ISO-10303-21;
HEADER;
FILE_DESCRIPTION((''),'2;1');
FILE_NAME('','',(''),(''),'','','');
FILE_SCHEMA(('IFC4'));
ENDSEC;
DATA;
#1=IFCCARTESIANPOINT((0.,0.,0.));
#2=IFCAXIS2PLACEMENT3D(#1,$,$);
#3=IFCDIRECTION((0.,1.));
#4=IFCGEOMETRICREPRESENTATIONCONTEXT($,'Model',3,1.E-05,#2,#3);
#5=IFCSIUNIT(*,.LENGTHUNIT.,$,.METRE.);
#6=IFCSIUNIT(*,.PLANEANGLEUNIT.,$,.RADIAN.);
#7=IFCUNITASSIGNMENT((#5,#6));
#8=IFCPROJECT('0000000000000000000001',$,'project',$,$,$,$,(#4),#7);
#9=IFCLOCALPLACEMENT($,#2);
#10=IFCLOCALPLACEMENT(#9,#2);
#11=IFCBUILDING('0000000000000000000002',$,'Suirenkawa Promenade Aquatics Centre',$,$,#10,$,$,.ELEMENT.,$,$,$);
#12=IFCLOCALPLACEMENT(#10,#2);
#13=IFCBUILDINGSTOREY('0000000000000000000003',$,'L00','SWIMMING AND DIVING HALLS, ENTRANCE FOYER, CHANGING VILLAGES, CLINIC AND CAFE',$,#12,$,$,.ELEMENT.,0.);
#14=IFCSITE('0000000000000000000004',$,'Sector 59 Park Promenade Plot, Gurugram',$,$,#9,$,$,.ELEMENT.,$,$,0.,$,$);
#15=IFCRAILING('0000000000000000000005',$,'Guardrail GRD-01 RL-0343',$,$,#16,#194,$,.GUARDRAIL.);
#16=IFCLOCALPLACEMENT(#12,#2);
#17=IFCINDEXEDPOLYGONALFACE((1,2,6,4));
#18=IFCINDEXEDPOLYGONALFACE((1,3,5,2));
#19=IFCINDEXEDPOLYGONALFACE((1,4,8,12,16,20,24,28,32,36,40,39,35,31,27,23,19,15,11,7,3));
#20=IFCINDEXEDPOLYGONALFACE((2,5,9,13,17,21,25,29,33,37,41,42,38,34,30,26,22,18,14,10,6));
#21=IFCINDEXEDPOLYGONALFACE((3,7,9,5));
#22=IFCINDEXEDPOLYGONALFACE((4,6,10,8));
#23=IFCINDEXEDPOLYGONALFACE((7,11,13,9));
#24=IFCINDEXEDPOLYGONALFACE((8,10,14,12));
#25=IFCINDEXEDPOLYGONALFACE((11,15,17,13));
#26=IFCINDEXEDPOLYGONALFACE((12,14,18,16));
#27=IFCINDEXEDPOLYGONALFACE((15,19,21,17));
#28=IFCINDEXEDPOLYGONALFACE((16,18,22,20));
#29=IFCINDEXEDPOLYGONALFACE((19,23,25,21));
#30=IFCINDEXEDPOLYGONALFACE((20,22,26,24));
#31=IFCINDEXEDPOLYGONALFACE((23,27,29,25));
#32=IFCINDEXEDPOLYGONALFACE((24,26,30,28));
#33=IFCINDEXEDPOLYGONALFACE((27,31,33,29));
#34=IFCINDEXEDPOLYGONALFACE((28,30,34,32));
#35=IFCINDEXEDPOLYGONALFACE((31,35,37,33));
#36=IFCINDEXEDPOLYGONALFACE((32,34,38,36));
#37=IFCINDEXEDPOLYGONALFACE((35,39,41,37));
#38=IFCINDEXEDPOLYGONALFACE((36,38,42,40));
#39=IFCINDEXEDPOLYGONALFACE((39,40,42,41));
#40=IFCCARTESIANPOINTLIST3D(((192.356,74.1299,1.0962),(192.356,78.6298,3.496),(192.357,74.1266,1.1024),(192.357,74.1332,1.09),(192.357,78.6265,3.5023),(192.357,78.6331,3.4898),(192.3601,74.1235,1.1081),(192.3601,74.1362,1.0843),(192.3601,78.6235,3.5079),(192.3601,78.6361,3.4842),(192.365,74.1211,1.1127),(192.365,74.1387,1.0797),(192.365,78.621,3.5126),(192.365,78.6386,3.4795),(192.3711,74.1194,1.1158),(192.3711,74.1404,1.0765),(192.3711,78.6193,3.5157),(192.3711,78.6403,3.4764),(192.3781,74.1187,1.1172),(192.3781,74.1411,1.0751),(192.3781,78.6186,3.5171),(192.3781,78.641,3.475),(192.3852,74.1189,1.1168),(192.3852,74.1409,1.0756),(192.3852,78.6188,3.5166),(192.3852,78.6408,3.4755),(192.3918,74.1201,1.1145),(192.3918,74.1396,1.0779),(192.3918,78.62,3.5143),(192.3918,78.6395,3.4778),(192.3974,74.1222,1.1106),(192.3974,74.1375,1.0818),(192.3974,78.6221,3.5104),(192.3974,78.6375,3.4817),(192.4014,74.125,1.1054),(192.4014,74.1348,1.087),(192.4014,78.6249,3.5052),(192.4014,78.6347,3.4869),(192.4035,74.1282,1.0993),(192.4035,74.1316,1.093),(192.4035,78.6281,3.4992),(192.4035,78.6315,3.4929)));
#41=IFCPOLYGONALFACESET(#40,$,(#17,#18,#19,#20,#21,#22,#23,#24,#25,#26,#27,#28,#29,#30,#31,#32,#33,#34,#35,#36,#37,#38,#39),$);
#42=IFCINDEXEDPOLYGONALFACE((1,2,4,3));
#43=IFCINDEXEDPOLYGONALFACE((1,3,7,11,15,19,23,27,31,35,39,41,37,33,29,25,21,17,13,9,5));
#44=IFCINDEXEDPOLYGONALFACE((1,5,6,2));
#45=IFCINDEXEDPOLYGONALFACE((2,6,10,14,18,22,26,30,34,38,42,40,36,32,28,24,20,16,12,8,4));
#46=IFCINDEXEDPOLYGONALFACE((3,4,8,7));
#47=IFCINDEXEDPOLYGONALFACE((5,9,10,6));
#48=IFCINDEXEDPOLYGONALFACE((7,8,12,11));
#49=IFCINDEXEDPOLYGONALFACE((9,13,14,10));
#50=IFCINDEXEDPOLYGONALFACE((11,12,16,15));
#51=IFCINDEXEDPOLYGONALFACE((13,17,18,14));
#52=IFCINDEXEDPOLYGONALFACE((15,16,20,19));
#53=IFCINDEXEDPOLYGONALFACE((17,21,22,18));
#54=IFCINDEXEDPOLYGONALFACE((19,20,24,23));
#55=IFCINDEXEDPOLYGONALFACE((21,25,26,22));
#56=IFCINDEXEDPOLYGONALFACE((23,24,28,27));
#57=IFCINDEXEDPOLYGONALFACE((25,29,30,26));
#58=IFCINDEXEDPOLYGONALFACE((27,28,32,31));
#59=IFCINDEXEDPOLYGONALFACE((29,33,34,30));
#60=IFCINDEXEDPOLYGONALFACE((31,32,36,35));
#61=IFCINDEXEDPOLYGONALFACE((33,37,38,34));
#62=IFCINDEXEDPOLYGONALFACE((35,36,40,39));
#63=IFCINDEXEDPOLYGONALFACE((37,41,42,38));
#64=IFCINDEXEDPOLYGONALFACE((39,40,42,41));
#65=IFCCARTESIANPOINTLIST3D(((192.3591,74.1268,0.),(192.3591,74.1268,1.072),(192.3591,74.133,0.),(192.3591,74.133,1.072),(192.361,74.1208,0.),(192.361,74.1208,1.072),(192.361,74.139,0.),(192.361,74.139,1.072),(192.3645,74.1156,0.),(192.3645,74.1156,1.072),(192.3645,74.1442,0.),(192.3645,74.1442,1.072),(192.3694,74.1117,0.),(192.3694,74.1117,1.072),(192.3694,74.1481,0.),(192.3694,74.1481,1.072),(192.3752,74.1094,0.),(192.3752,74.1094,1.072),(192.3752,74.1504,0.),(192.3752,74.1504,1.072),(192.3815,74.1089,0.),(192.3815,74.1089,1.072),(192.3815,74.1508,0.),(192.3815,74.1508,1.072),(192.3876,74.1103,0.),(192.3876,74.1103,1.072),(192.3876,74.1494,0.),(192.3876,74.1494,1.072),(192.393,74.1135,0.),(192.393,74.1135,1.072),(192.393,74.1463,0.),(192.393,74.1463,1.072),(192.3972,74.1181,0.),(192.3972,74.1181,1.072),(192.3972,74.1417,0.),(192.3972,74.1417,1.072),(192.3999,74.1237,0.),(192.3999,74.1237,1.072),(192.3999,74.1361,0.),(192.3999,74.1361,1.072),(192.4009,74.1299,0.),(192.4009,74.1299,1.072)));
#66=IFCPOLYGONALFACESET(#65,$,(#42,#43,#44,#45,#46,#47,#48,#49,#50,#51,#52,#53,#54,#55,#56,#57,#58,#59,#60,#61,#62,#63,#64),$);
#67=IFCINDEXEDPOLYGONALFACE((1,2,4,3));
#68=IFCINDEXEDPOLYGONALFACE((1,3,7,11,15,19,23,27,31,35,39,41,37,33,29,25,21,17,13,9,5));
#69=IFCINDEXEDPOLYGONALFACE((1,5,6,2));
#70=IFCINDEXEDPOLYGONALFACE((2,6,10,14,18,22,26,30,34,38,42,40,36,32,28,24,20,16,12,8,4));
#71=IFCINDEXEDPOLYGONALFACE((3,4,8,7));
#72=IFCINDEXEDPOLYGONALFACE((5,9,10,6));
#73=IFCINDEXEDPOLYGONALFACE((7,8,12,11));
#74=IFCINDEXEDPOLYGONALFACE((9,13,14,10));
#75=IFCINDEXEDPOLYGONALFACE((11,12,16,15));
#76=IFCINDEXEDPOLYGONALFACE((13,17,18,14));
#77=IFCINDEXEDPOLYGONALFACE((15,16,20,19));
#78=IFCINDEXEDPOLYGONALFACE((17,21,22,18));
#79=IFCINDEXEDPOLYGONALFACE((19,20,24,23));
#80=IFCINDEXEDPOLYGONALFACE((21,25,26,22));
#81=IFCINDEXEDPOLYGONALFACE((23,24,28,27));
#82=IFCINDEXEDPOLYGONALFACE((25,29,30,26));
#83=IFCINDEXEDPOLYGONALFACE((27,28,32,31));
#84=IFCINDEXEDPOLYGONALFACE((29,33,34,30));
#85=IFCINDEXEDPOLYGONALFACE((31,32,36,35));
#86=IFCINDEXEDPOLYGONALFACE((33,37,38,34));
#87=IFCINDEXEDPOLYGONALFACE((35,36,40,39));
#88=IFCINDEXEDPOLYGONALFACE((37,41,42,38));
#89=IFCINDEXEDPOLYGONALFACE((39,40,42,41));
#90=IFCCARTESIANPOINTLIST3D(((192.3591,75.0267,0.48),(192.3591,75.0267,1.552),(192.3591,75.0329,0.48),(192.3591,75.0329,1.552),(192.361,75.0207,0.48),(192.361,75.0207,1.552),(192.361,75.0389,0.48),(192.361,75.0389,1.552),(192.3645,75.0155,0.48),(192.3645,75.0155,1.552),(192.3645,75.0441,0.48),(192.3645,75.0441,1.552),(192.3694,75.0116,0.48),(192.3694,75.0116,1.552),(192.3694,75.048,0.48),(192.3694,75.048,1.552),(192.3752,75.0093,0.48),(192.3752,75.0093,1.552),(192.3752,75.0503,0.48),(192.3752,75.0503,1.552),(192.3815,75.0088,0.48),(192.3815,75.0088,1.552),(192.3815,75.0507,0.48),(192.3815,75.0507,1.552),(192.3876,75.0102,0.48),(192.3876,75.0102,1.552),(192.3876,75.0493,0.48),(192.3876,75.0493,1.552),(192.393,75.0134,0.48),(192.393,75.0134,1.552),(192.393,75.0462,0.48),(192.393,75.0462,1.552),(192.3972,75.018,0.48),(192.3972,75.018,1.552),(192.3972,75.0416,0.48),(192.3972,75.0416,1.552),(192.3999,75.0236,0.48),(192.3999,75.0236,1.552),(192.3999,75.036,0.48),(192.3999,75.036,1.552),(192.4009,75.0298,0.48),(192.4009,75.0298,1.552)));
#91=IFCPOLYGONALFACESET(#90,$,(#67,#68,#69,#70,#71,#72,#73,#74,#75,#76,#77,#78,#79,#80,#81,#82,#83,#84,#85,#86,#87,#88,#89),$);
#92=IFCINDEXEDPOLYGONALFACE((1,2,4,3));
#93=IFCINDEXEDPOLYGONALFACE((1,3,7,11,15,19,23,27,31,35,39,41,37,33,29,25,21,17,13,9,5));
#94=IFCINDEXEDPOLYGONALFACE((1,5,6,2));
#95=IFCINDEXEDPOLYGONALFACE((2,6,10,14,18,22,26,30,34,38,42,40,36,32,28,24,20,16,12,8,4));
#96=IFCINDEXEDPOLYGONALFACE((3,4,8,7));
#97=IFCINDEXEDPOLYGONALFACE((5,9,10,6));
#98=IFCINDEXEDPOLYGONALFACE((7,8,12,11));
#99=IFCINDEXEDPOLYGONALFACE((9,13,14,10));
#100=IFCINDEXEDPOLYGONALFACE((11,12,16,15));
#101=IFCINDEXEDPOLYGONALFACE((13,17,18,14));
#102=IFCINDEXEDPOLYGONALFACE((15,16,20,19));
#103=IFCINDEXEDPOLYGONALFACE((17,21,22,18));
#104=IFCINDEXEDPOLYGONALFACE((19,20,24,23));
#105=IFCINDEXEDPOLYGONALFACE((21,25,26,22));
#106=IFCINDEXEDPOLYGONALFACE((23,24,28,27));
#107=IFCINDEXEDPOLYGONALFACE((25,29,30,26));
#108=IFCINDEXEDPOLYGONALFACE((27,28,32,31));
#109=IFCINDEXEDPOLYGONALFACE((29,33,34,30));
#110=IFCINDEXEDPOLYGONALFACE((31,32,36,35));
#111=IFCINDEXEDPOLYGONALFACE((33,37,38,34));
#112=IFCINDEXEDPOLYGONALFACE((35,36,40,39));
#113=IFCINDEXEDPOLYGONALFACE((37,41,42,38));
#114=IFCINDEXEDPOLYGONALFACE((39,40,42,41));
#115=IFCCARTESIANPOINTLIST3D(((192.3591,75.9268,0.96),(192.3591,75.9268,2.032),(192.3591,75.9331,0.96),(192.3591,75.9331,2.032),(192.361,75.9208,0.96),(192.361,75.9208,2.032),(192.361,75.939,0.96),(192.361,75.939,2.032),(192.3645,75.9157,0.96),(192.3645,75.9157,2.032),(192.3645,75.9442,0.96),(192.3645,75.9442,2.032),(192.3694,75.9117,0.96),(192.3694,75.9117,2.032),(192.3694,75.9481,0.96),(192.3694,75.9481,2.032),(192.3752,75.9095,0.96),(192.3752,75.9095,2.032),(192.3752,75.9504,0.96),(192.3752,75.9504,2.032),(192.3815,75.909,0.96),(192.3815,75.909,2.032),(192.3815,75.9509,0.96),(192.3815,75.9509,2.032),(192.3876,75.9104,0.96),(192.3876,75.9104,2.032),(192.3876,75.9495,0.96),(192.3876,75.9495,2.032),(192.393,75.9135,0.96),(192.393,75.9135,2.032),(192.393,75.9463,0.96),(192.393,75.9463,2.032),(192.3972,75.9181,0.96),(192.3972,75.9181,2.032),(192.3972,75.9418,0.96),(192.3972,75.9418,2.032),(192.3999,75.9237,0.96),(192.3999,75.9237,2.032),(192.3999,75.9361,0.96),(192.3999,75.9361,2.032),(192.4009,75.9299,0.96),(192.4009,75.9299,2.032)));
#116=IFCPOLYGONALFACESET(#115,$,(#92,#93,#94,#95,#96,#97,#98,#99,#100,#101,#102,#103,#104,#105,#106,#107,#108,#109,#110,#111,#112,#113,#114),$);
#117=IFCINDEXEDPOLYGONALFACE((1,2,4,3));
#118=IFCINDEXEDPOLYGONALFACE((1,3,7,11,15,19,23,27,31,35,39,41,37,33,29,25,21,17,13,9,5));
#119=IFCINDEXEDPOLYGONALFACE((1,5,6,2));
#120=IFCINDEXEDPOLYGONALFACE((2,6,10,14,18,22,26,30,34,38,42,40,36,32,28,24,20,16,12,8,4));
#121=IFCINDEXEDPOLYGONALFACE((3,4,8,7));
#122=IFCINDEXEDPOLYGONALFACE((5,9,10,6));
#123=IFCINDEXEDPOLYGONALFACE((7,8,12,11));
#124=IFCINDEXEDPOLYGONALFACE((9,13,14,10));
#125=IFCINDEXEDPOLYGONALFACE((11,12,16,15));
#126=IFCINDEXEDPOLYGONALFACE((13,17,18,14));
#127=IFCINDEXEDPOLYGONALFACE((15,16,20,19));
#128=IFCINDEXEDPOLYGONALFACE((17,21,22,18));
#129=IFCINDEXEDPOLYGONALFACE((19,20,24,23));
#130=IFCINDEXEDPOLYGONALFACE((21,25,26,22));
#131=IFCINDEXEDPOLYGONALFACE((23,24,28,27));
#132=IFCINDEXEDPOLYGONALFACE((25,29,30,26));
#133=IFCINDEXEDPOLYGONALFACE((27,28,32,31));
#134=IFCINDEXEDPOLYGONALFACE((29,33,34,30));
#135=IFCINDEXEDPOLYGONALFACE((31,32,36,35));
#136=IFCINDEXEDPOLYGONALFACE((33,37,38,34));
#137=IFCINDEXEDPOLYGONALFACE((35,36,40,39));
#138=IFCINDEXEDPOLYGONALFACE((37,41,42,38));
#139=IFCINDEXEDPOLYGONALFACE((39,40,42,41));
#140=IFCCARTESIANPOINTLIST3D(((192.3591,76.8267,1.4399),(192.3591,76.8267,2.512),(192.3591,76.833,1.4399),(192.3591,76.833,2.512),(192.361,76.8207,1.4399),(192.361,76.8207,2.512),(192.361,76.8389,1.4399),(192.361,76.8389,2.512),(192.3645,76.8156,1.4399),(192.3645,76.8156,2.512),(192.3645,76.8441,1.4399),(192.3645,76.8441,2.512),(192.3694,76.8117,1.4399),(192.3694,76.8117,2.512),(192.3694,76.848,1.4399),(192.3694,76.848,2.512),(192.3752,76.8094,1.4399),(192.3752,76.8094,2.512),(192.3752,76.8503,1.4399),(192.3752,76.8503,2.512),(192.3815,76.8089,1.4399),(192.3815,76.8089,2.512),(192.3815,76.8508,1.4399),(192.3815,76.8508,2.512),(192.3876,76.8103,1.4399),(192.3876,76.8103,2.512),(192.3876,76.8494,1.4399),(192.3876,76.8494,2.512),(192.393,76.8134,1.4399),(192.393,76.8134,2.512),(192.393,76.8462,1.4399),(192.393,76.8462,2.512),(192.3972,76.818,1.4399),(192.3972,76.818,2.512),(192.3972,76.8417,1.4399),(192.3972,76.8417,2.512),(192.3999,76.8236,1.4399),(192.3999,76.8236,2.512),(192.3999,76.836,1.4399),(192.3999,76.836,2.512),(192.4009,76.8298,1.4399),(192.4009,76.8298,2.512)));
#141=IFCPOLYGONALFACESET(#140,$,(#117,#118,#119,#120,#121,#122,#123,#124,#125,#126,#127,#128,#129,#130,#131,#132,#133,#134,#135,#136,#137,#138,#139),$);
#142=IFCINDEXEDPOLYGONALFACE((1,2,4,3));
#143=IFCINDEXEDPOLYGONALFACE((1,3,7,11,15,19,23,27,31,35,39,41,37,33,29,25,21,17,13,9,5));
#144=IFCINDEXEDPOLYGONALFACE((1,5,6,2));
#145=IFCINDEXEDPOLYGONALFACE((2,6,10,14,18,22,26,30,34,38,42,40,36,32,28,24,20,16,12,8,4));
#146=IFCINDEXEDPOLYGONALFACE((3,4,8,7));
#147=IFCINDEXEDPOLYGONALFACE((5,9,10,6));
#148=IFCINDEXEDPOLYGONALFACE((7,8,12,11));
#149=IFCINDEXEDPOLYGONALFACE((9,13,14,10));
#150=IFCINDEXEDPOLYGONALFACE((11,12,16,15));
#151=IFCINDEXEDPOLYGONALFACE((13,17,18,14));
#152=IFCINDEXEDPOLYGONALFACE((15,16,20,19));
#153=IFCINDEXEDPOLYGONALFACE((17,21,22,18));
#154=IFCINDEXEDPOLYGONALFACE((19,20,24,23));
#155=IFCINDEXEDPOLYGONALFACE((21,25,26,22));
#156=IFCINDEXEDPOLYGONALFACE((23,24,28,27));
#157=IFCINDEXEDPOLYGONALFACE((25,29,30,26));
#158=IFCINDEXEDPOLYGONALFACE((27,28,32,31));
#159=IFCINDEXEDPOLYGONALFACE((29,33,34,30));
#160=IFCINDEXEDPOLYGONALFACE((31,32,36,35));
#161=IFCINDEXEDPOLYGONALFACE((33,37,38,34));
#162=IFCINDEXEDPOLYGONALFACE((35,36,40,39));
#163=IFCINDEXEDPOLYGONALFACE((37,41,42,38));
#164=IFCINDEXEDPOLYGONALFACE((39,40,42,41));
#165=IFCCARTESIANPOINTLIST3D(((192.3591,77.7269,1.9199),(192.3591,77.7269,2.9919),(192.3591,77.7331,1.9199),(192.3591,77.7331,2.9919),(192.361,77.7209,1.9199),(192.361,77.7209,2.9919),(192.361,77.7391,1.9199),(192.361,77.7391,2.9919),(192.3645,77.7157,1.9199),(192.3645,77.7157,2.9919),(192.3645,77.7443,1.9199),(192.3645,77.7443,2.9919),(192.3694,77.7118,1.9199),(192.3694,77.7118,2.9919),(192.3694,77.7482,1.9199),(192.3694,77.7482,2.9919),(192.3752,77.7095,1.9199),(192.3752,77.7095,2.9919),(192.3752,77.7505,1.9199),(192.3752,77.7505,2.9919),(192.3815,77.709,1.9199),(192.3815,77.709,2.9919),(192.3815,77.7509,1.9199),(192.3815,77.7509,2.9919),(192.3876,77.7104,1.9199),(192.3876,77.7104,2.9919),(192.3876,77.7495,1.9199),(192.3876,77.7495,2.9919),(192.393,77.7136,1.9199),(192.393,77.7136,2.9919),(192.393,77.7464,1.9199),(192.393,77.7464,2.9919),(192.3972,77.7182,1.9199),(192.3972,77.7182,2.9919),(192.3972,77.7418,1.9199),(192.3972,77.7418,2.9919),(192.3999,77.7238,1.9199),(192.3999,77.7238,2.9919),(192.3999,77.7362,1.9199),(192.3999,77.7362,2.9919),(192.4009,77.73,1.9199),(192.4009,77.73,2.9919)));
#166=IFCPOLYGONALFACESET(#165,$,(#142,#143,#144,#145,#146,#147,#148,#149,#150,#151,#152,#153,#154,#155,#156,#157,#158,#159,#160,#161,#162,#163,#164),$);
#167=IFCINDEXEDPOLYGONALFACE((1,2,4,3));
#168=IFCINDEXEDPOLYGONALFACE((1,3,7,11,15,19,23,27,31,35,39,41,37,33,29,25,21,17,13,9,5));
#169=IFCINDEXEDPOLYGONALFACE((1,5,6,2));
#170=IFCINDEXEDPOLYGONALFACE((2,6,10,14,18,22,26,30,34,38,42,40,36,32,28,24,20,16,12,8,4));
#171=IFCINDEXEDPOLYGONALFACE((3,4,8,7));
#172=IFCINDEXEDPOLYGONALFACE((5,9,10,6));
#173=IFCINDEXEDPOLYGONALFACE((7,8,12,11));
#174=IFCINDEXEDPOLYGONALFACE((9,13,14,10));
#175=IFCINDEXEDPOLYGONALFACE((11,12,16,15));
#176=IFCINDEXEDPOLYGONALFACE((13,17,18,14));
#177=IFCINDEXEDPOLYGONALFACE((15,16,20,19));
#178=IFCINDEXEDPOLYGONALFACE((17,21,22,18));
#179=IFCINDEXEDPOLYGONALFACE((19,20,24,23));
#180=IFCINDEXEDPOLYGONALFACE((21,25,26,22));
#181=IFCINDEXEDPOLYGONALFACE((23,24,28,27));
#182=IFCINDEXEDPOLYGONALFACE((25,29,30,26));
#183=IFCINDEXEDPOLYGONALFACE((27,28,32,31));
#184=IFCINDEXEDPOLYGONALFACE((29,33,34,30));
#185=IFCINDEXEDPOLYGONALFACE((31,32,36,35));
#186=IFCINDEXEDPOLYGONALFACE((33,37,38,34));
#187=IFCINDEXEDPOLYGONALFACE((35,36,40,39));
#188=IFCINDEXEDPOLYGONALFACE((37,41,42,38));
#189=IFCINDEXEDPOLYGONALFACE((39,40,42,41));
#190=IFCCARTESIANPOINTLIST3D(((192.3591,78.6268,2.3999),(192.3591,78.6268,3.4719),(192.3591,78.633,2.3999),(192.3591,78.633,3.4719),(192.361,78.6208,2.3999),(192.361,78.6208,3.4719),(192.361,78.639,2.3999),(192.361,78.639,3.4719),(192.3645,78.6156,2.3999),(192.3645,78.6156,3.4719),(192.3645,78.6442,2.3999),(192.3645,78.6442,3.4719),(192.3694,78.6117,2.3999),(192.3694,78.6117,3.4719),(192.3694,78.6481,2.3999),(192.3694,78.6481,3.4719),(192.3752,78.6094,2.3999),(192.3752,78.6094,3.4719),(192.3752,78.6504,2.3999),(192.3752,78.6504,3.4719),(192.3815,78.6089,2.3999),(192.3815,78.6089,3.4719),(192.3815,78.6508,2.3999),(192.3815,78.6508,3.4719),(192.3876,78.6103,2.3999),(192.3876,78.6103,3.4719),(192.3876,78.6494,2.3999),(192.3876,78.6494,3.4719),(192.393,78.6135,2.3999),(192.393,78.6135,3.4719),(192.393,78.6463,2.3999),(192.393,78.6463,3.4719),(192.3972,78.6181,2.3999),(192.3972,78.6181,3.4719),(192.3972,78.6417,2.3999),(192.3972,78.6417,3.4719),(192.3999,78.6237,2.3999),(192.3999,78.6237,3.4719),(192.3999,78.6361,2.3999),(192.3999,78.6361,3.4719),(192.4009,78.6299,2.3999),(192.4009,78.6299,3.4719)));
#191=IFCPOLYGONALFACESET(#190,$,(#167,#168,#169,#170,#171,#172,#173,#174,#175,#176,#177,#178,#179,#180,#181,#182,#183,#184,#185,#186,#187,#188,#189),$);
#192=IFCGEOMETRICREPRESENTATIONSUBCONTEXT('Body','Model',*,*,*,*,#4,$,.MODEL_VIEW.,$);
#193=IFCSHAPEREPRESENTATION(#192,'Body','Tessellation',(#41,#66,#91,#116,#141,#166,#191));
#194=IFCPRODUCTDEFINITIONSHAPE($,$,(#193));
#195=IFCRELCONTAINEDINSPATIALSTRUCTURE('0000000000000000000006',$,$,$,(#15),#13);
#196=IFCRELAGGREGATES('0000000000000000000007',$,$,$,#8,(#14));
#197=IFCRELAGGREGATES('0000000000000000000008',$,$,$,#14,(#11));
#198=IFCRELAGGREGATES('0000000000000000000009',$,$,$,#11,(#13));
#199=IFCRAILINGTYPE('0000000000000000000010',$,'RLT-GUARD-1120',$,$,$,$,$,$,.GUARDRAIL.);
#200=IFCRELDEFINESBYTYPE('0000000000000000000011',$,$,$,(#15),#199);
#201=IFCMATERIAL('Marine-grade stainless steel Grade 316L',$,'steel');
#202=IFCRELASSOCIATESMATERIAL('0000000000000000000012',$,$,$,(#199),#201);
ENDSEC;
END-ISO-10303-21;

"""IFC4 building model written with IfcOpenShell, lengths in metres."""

from ifc_helpers import new_model, si_unit, direction, frame, origin, origin_2d, place, context, subcontext, project, spatial, circle, extrude, material, type_object, element, save


model = new_model("IFC4")

# Units and contexts
model_context = context("Model", 3, precision=1e-05, world=origin(), true_north=direction((0.0, 1.0)))
body_context = subcontext(model_context, "Body", "Model", "MODEL_VIEW")
ifc_project = project(units=[si_unit("LENGTHUNIT", "METRE"), si_unit("PLANEANGLEUNIT", "RADIAN")], contexts=[model_context])

# Site, building, storey
site_placement = place(None, origin())
site = spatial("IfcSite", under=ifc_project, at=site_placement, Name="Sector 59 Park Promenade Plot, Gurugram", CompositionType="ELEMENT", RefElevation=0.0)
building_placement = place(site_placement, origin())
building = spatial("IfcBuilding", under=site, at=building_placement, Name="Suirenkawa Promenade Aquatics Centre", CompositionType="ELEMENT")
storey_placement = place(building_placement, origin())
storey = spatial("IfcBuildingStorey", under=building, at=storey_placement, Name="L00", Description="SWIMMING AND DIVING HALLS, ENTRANCE FOYER, CHANGING VILLAGES, CLINIC AND CAFE", CompositionType="ELEMENT", Elevation=0.0)

# Railing
ifc_material_1 = material(Name="Marine-grade stainless steel Grade 316L", Category="steel")
railing_type_1 = type_object("IfcRailingType", Name="RLT-GUARD-1120", PredefinedType="GUARDRAIL", material=ifc_material_1)
for number, where, name in (
    (1, (192.3799, 74.1299, 0.0), "Guardrail GRD-01 RL-0343"),
):
    element("IfcRailing", number, at=place(storey_placement, frame(where)), inside=storey, type_object=railing_type_1, Name=name, PredefinedType="GUARDRAIL", context=body_context, shape_type="SweptSolid", body=[
        extrude(circle(Radius=0.0239, at=origin_2d()), frame((0.0, 0.0, 1.0962), z_axis=(0.0, 0.882361, 0.470573), x_axis=(-1.0, 0.0, 0.0)), (0.0, 0.0, 1.0), 5.0999),
        extrude(circle(Radius=0.021, at=origin_2d()), origin(), (0.0, 0.0, 1.0), 1.072),
        extrude(circle(Radius=0.021, at=origin_2d()), frame((0.0, 0.8999, 0.48)), (0.0, 0.0, 1.0), 1.072),
        extrude(circle(Radius=0.021, at=origin_2d()), frame((0.0, 1.8, 0.96)), (0.0, 0.0, 1.0), 1.072),
        extrude(circle(Radius=0.021, at=origin_2d()), frame((0.0, 2.7, 1.4399)), (0.0, 0.0, 1.0), 1.072),
        extrude(circle(Radius=0.021, at=origin_2d()), frame((0.0, 3.6001, 1.9199)), (0.0, 0.0, 1.0), 1.072),
        extrude(circle(Radius=0.021, at=origin_2d()), frame((0.0, 4.5, 2.3999)), (0.0, 0.0, 1.0), 1.072),
    ])

save(model, "model.ifc")
